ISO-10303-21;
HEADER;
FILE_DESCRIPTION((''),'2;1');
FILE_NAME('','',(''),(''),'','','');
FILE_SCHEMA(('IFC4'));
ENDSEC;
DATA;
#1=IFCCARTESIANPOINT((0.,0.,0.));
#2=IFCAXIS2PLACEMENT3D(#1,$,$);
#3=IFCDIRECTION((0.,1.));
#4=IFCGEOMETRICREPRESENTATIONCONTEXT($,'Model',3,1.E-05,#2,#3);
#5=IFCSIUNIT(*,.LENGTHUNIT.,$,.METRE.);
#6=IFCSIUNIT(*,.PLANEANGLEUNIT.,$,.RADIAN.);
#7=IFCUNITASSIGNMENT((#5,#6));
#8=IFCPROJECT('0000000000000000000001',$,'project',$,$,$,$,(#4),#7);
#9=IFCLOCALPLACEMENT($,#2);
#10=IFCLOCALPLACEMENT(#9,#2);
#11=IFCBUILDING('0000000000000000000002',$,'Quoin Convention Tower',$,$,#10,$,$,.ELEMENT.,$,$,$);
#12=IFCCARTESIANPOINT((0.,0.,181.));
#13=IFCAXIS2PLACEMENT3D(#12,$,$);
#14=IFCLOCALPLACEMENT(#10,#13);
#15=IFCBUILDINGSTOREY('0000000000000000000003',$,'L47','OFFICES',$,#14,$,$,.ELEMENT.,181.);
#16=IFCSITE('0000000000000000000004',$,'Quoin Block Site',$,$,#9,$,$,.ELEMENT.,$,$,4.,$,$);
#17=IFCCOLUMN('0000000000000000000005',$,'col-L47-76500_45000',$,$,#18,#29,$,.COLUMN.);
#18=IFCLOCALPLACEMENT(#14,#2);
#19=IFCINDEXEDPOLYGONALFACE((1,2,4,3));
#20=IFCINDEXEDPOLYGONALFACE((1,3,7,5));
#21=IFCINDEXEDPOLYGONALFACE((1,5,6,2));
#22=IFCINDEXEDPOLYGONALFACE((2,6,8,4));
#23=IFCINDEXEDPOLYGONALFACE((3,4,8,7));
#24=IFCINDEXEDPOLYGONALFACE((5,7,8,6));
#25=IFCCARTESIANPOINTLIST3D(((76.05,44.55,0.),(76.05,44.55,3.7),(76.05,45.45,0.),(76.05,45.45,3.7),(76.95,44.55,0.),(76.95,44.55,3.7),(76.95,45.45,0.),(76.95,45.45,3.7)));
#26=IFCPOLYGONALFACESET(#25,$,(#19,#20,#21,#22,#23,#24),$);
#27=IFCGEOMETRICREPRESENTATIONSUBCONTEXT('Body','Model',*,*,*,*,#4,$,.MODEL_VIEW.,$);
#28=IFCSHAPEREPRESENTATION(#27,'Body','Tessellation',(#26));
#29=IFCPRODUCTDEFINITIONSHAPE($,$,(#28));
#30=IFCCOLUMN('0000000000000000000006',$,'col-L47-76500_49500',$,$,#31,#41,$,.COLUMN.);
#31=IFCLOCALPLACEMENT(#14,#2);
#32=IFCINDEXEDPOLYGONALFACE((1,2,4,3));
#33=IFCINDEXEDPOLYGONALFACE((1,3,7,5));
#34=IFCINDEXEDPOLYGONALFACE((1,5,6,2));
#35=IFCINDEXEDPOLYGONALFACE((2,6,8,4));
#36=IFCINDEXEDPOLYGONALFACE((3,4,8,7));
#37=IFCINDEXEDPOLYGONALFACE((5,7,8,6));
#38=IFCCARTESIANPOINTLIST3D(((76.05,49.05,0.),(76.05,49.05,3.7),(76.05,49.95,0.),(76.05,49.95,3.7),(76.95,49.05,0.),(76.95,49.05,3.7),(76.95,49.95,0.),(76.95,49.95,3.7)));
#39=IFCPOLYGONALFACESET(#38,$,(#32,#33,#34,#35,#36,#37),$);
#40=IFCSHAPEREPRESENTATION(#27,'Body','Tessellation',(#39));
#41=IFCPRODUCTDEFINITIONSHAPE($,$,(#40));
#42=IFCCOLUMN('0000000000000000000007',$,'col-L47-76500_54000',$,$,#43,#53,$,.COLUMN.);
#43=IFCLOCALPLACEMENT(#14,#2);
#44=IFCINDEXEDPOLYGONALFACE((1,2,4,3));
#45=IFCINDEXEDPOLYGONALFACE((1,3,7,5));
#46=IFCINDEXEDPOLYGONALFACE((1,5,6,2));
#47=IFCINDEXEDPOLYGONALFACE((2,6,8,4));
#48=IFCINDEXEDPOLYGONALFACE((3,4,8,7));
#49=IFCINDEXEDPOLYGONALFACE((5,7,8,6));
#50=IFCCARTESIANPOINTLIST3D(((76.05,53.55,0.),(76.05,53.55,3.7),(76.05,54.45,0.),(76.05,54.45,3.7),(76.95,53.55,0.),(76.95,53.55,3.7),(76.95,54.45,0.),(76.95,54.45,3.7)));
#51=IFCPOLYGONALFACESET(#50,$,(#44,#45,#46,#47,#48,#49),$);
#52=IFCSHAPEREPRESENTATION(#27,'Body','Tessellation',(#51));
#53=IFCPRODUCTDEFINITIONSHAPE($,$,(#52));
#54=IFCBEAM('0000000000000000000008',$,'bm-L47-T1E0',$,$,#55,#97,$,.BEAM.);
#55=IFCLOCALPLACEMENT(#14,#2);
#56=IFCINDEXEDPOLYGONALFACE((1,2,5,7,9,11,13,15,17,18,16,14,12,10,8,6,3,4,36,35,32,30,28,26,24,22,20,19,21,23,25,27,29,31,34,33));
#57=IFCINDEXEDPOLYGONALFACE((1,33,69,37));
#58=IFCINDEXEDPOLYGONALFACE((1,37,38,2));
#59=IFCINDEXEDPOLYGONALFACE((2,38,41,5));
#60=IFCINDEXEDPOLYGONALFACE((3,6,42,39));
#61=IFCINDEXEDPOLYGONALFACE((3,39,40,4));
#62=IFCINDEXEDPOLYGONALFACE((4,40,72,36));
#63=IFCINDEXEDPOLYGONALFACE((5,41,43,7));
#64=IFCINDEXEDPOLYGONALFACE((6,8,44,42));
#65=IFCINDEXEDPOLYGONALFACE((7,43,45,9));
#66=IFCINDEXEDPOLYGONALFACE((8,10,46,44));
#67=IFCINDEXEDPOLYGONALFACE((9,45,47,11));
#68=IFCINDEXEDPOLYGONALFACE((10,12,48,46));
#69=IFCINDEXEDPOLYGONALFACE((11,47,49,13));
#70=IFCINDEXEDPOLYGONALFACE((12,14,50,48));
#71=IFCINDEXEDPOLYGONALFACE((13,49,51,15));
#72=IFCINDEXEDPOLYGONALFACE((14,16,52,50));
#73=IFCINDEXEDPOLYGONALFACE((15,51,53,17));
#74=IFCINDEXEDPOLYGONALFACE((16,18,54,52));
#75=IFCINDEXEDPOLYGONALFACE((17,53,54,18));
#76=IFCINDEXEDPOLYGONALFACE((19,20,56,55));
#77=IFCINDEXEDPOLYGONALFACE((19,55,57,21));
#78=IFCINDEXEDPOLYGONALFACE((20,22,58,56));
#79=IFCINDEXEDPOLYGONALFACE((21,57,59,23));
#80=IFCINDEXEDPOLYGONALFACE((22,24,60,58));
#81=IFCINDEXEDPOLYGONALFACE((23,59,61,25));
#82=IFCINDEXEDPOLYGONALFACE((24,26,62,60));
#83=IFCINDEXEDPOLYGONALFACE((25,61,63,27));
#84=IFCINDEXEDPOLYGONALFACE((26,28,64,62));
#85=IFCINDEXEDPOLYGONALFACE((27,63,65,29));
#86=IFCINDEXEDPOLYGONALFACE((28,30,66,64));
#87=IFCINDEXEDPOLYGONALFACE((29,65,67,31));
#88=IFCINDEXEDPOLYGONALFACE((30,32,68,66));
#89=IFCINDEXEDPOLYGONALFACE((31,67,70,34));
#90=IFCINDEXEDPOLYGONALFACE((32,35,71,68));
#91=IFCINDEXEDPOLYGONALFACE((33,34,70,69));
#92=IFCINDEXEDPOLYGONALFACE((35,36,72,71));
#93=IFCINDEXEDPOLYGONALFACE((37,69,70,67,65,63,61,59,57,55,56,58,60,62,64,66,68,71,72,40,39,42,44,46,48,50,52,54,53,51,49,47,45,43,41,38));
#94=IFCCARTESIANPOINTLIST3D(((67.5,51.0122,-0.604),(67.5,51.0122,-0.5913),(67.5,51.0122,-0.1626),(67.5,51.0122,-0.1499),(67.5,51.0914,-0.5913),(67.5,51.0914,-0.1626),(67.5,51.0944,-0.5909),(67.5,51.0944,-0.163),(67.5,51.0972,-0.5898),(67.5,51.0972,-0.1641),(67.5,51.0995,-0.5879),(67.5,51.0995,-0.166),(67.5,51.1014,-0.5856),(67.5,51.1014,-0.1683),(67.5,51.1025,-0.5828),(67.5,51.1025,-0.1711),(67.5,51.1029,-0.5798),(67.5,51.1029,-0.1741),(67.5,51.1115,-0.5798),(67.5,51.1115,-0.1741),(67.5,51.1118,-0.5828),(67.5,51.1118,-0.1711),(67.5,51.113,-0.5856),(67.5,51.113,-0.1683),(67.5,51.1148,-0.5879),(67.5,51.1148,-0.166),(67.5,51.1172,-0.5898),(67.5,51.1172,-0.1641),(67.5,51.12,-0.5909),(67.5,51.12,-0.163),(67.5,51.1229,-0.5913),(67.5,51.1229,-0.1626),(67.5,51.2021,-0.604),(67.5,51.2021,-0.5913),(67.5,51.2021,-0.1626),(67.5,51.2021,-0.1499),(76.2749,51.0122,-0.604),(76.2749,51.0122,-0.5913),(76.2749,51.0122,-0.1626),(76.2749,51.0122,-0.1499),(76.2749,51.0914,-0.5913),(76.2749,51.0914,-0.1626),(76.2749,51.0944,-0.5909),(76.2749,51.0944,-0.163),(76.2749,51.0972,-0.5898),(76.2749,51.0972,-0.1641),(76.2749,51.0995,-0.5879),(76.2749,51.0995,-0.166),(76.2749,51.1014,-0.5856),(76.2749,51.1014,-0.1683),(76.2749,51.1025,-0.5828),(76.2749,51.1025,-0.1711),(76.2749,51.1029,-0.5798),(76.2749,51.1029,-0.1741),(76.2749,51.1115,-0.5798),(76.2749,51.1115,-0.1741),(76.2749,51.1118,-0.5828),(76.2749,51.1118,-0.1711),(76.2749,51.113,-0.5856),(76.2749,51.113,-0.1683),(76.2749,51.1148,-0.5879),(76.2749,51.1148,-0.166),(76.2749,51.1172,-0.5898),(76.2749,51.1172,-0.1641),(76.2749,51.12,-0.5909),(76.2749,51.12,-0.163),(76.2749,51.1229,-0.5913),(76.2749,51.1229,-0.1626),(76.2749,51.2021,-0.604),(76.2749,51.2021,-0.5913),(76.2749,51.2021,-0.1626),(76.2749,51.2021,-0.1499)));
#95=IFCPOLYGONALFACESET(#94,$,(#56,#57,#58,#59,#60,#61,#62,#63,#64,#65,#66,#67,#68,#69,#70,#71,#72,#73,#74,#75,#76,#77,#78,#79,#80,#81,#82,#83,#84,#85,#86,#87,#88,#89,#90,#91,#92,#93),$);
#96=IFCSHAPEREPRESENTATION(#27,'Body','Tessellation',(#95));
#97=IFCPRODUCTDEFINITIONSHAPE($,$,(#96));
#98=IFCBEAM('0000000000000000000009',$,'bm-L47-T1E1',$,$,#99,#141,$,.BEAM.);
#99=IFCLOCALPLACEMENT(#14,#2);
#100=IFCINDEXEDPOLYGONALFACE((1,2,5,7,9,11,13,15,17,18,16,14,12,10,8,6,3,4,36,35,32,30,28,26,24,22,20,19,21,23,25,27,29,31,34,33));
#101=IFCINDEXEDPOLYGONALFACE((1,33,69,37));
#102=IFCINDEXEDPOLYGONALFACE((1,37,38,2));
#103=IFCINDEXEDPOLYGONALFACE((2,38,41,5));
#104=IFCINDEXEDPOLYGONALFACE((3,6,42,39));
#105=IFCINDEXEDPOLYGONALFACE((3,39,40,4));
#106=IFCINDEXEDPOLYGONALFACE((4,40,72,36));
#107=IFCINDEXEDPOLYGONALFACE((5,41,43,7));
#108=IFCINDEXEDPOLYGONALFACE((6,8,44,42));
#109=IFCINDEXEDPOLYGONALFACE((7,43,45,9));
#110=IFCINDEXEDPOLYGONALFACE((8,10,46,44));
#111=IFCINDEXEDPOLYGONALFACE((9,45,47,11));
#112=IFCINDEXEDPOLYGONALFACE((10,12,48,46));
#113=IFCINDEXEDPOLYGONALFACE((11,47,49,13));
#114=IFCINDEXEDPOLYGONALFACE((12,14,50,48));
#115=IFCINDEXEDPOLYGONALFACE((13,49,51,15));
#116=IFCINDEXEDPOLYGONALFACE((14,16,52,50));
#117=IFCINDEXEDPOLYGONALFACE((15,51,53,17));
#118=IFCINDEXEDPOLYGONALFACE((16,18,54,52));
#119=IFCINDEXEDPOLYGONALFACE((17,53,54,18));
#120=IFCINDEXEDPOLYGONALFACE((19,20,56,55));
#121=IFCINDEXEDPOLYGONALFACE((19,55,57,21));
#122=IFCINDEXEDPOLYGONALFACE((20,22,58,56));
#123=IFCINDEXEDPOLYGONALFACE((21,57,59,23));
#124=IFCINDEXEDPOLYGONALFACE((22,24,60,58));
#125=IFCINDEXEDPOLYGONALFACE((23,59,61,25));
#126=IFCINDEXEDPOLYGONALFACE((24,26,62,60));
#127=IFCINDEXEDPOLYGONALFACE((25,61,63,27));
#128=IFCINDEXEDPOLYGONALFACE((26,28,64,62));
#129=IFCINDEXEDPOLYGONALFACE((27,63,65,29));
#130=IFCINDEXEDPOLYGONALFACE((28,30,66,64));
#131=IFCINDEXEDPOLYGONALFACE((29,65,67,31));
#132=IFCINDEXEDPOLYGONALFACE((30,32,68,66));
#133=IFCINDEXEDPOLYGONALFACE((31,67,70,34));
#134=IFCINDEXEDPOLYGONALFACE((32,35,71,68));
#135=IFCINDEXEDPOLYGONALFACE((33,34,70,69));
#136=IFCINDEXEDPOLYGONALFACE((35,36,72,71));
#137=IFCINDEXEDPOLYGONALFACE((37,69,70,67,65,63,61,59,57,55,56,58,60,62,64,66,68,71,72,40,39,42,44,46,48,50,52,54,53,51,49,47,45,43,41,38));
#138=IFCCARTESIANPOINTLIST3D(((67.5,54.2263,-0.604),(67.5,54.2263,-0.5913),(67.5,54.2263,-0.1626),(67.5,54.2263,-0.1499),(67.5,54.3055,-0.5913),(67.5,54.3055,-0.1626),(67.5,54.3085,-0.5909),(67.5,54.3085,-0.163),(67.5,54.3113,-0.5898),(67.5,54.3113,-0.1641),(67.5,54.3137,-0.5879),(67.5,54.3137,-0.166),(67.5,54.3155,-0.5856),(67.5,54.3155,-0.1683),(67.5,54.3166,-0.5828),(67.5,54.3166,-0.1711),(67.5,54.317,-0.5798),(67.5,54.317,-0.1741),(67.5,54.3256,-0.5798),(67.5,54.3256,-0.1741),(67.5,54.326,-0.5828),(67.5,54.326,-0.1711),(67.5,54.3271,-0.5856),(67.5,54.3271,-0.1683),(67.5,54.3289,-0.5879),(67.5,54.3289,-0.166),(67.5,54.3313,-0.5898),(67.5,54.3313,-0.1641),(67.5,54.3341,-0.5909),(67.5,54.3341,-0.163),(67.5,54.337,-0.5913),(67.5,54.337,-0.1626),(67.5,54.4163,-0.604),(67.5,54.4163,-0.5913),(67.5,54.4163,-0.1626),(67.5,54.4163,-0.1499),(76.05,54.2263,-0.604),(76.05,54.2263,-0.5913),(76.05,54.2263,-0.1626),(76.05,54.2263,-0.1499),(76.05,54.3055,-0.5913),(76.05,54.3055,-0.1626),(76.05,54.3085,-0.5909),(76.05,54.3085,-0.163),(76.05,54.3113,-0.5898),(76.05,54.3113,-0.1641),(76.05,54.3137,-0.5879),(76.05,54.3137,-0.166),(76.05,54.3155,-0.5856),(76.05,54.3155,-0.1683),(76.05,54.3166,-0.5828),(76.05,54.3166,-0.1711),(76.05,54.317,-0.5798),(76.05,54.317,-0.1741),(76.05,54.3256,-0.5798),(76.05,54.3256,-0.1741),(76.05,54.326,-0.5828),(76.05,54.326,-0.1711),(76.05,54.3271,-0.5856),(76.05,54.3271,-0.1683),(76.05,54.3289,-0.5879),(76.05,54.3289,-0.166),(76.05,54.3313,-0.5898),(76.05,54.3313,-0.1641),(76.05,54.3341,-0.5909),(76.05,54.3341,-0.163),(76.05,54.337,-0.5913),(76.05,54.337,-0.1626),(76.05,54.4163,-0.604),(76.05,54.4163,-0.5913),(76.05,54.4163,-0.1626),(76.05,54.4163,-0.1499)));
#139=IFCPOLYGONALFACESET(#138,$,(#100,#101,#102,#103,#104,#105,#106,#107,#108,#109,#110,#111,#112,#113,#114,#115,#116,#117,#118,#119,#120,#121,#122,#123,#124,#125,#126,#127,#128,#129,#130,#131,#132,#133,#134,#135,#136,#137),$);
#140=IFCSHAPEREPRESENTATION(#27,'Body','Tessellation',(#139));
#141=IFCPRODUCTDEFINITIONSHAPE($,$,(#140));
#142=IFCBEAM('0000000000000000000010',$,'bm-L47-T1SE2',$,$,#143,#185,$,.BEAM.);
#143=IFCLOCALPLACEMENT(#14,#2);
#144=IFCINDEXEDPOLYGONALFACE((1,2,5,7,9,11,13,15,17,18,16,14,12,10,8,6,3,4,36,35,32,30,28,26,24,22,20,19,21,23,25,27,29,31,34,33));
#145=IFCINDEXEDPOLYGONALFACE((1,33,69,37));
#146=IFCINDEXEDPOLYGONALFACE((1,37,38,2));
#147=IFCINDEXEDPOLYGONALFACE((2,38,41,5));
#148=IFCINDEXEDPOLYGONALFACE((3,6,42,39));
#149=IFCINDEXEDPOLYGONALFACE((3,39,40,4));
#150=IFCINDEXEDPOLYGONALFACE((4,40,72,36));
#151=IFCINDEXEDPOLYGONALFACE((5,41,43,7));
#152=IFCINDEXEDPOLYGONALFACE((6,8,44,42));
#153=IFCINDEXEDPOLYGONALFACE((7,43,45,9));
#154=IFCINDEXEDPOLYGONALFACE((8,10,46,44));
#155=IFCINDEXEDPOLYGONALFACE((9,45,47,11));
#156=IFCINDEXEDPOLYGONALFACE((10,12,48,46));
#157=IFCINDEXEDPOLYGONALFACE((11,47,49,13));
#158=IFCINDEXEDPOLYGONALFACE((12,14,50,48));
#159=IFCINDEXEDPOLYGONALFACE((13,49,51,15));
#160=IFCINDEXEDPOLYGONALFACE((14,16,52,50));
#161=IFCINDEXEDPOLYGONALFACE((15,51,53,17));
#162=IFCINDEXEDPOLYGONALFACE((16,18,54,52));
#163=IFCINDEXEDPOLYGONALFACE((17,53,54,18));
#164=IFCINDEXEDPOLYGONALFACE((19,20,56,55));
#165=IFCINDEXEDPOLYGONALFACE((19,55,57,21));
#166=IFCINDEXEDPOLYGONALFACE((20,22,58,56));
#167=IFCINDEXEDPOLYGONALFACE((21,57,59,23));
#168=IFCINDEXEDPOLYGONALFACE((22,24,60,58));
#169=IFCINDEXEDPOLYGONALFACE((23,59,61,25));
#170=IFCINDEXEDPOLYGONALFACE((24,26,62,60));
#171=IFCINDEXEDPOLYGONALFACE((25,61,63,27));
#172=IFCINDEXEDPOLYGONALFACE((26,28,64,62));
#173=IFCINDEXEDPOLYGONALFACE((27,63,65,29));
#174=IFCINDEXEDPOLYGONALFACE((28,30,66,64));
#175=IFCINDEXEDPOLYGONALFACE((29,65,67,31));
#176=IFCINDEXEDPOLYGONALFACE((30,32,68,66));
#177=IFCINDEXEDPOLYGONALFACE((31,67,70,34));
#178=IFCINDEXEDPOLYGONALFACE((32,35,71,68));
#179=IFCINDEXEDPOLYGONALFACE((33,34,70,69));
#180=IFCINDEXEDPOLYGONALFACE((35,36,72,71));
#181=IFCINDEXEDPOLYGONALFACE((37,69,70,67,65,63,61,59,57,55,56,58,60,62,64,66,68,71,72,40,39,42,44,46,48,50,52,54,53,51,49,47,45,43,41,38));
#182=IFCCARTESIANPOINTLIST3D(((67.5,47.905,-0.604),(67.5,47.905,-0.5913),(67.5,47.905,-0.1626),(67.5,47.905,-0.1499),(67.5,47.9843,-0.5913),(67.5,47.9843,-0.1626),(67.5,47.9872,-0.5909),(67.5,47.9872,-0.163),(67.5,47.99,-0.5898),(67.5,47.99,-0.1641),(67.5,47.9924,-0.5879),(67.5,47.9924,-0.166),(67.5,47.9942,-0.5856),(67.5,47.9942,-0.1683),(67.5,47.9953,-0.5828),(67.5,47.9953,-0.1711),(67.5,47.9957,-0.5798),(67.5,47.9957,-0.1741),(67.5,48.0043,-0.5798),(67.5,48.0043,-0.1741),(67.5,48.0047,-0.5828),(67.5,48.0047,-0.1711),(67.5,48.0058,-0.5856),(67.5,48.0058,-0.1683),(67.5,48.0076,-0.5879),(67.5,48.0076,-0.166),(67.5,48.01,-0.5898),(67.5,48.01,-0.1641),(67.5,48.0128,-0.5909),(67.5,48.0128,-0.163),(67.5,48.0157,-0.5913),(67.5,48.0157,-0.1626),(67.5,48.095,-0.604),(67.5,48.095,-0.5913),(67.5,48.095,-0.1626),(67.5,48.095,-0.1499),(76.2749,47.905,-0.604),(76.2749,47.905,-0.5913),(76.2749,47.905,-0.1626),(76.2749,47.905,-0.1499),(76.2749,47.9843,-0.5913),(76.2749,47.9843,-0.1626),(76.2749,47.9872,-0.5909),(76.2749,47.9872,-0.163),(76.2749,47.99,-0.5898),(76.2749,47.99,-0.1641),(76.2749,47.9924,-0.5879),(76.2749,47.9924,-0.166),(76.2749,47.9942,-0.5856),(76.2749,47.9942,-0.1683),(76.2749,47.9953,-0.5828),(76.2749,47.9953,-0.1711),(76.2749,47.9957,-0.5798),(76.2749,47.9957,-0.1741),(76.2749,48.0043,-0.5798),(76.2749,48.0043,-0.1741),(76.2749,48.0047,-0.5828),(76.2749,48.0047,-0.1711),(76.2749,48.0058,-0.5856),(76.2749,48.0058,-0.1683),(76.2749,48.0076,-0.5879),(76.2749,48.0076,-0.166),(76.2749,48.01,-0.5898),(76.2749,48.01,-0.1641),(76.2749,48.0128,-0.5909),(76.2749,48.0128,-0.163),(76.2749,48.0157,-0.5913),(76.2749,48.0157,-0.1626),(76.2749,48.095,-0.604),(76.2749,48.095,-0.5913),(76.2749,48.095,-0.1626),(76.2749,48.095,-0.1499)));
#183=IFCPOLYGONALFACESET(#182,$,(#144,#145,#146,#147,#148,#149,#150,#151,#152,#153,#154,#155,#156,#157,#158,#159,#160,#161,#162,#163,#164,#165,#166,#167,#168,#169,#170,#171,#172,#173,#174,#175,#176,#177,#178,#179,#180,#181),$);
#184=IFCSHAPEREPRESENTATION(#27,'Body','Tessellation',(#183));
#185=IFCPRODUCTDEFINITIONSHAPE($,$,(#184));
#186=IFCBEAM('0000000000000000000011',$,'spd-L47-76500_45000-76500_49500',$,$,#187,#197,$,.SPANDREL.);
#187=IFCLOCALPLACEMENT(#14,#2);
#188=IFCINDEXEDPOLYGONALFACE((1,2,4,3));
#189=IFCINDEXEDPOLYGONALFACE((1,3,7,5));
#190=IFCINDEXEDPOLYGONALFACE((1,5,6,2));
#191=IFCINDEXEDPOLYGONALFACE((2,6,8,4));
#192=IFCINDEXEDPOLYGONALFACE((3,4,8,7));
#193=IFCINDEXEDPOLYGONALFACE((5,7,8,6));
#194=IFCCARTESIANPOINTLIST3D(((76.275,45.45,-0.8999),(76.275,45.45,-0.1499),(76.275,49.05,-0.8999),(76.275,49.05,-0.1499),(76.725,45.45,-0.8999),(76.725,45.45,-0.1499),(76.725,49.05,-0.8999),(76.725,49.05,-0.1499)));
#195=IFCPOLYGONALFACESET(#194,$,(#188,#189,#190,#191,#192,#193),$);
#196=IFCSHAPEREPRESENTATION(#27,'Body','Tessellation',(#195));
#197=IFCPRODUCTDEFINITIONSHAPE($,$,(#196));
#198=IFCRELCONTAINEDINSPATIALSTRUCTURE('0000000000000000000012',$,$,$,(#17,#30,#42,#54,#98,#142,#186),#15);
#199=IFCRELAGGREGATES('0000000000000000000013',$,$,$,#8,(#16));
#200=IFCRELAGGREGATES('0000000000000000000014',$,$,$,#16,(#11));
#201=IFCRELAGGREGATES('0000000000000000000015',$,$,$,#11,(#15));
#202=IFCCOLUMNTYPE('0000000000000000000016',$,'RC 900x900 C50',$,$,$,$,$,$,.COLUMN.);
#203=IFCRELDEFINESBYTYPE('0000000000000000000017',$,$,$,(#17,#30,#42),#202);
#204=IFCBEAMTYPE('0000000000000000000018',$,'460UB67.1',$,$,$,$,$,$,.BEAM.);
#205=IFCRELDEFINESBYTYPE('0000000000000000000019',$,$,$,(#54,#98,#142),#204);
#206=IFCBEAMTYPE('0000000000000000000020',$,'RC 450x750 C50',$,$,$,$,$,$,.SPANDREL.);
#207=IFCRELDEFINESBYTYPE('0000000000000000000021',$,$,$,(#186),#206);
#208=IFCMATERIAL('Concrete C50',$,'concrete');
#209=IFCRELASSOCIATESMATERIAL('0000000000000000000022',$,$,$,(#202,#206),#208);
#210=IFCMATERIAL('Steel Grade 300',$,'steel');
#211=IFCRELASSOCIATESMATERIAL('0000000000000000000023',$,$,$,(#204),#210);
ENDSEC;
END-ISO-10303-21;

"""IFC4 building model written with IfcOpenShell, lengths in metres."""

from ifc_helpers import new_model, si_unit, direction, frame, origin, origin_2d, place, context, subcontext, project, spatial, rectangle, i_section, extrude, material, material_profile, profile_set, type_object, element, save


model = new_model("IFC4")

# Units and contexts
model_context = context("Model", 3, precision=1e-05, world=origin(), true_north=direction((0.0, 1.0)))
body_context = subcontext(model_context, "Body", "Model", "MODEL_VIEW")
ifc_project = project(units=[si_unit("LENGTHUNIT", "METRE"), si_unit("PLANEANGLEUNIT", "RADIAN")], contexts=[model_context])

# Site, building, storey
site_placement = place(None, origin())
site = spatial("IfcSite", under=ifc_project, at=site_placement, Name="Quoin Block Site", CompositionType="ELEMENT", RefElevation=4.0)
building_placement = place(site_placement, origin())
building = spatial("IfcBuilding", under=site, at=building_placement, Name="Quoin Convention Tower", CompositionType="ELEMENT")
storey_placement = place(building_placement, frame((0.0, 0.0, 181.0)))
storey = spatial("IfcBuildingStorey", under=building, at=storey_placement, Name="L47", Description="OFFICES", CompositionType="ELEMENT", Elevation=181.0)

# Columns
ifc_material_1 = material(Name="Concrete C50", Category="concrete")
ifc_material_profile_1 = material_profile(ifc_material_1, rectangle(XDim=0.8999, YDim=0.8999, at=origin_2d()), Name="RC 900x900")
ifc_profile_set_1 = profile_set([ifc_material_profile_1], Name="Concrete C50")
column_type = type_object("IfcColumnType", Name="RC 900x900 C50", PredefinedType="COLUMN", material=ifc_profile_set_1)
for number, where, z_axis, x_axis, name in (
    (1, (76.5, 45.0, 0.0), (0.0, 0.0, 1.0), (1.0, 0.0, 0.0), "col-L47-76500_45000"),
    (2, (76.5, 49.5, 0.0), (0.0, 0.0, 1.0), (1.0, 0.0, 0.0), "col-L47-76500_49500"),
    (3, (76.5, 54.0, 0.0), (0.0, 0.0, 1.0), (1.0, 0.0, 0.0), "col-L47-76500_54000"),
):
    element("IfcColumn", number, at=place(storey_placement, frame(where, z_axis=z_axis, x_axis=x_axis)), inside=storey, type_object=column_type, Name=name, PredefinedType="COLUMN", context=body_context, shape_type="SweptSolid", body=[
        extrude(rectangle(XDim=0.8999, YDim=0.8999, at=origin_2d()), origin(), (0.0, 0.0, 1.0), 3.7),
    ])

# Beams
ifc_material_2 = material(Name="Steel Grade 300", Category="steel")
ifc_material_profile_2 = material_profile(ifc_material_2, i_section(OverallWidth=0.1899, OverallDepth=0.4541, WebThickness=0.0085, FlangeThickness=0.0127, FilletRadius=0.0115, at=origin_2d()), Name="460UB67.1")
ifc_profile_set_2 = profile_set([ifc_material_profile_2], Name="Steel Grade 300")
beam_type_1 = type_object("IfcBeamType", Name="460UB67.1", PredefinedType="BEAM", material=ifc_profile_set_2)
beam_1_placement = place(storey_placement, frame((67.5, 51.1072, -0.377), z_axis=(1.0, 0.0, 0.0), x_axis=(0.0, 1.0, 0.0)))
element("IfcBeam", 4, at=beam_1_placement, inside=storey, type_object=beam_type_1, Name="bm-L47-T1E0", PredefinedType="BEAM", context=body_context, shape_type="SweptSolid", body=[
    extrude(i_section(OverallWidth=0.1899, OverallDepth=0.4541, WebThickness=0.0085, FlangeThickness=0.0127, FilletRadius=0.0115, at=origin_2d()), origin(), (0.0, 0.0, 1.0), 8.7749),
])
beam_2_placement = place(storey_placement, frame((67.5, 54.3213, -0.377), z_axis=(1.0, 0.0, 0.0), x_axis=(0.0, 1.0, 0.0)))
element("IfcBeam", 5, at=beam_2_placement, inside=storey, type_object=beam_type_1, Name="bm-L47-T1E1", PredefinedType="BEAM", context=body_context, shape_type="SweptSolid", body=[
    extrude(i_section(OverallWidth=0.1899, OverallDepth=0.4541, WebThickness=0.0085, FlangeThickness=0.0127, FilletRadius=0.0115, at=origin_2d()), origin(), (0.0, 0.0, 1.0), 8.55),
])
beam_3_placement = place(storey_placement, frame((67.5, 48.0, -0.377), z_axis=(1.0, 0.0, 0.0), x_axis=(0.0, 1.0, 0.0)))
element("IfcBeam", 6, at=beam_3_placement, inside=storey, type_object=beam_type_1, Name="bm-L47-T1SE2", PredefinedType="BEAM", context=body_context, shape_type="SweptSolid", body=[
    extrude(i_section(OverallWidth=0.1899, OverallDepth=0.4541, WebThickness=0.0085, FlangeThickness=0.0127, FilletRadius=0.0115, at=origin_2d()), origin(), (0.0, 0.0, 1.0), 8.7749),
])
ifc_material_profile_3 = material_profile(ifc_material_1, rectangle(XDim=0.45, YDim=0.75, at=origin_2d()), Name="RC 450x750")
ifc_profile_set_3 = profile_set([ifc_material_profile_3], Name="Concrete C50")
beam_type_2 = type_object("IfcBeamType", Name="RC 450x750 C50", PredefinedType="SPANDREL", material=ifc_profile_set_3)
for number, where, z_axis, x_axis, name in (
    (7, (76.5, 45.45, -0.5249), (0.0, 1.0, 0.0), (-1.0, 0.0, 0.0), "spd-L47-76500_45000-76500_49500"),
):
    element("IfcBeam", number, at=place(storey_placement, frame(where, z_axis=z_axis, x_axis=x_axis)), inside=storey, type_object=beam_type_2, Name=name, PredefinedType="SPANDREL", context=body_context, shape_type="SweptSolid", body=[
        extrude(rectangle(XDim=0.45, YDim=0.75, at=origin_2d()), origin(), (0.0, 0.0, 1.0), 3.6001),
    ])

save(model, "model.ifc")
